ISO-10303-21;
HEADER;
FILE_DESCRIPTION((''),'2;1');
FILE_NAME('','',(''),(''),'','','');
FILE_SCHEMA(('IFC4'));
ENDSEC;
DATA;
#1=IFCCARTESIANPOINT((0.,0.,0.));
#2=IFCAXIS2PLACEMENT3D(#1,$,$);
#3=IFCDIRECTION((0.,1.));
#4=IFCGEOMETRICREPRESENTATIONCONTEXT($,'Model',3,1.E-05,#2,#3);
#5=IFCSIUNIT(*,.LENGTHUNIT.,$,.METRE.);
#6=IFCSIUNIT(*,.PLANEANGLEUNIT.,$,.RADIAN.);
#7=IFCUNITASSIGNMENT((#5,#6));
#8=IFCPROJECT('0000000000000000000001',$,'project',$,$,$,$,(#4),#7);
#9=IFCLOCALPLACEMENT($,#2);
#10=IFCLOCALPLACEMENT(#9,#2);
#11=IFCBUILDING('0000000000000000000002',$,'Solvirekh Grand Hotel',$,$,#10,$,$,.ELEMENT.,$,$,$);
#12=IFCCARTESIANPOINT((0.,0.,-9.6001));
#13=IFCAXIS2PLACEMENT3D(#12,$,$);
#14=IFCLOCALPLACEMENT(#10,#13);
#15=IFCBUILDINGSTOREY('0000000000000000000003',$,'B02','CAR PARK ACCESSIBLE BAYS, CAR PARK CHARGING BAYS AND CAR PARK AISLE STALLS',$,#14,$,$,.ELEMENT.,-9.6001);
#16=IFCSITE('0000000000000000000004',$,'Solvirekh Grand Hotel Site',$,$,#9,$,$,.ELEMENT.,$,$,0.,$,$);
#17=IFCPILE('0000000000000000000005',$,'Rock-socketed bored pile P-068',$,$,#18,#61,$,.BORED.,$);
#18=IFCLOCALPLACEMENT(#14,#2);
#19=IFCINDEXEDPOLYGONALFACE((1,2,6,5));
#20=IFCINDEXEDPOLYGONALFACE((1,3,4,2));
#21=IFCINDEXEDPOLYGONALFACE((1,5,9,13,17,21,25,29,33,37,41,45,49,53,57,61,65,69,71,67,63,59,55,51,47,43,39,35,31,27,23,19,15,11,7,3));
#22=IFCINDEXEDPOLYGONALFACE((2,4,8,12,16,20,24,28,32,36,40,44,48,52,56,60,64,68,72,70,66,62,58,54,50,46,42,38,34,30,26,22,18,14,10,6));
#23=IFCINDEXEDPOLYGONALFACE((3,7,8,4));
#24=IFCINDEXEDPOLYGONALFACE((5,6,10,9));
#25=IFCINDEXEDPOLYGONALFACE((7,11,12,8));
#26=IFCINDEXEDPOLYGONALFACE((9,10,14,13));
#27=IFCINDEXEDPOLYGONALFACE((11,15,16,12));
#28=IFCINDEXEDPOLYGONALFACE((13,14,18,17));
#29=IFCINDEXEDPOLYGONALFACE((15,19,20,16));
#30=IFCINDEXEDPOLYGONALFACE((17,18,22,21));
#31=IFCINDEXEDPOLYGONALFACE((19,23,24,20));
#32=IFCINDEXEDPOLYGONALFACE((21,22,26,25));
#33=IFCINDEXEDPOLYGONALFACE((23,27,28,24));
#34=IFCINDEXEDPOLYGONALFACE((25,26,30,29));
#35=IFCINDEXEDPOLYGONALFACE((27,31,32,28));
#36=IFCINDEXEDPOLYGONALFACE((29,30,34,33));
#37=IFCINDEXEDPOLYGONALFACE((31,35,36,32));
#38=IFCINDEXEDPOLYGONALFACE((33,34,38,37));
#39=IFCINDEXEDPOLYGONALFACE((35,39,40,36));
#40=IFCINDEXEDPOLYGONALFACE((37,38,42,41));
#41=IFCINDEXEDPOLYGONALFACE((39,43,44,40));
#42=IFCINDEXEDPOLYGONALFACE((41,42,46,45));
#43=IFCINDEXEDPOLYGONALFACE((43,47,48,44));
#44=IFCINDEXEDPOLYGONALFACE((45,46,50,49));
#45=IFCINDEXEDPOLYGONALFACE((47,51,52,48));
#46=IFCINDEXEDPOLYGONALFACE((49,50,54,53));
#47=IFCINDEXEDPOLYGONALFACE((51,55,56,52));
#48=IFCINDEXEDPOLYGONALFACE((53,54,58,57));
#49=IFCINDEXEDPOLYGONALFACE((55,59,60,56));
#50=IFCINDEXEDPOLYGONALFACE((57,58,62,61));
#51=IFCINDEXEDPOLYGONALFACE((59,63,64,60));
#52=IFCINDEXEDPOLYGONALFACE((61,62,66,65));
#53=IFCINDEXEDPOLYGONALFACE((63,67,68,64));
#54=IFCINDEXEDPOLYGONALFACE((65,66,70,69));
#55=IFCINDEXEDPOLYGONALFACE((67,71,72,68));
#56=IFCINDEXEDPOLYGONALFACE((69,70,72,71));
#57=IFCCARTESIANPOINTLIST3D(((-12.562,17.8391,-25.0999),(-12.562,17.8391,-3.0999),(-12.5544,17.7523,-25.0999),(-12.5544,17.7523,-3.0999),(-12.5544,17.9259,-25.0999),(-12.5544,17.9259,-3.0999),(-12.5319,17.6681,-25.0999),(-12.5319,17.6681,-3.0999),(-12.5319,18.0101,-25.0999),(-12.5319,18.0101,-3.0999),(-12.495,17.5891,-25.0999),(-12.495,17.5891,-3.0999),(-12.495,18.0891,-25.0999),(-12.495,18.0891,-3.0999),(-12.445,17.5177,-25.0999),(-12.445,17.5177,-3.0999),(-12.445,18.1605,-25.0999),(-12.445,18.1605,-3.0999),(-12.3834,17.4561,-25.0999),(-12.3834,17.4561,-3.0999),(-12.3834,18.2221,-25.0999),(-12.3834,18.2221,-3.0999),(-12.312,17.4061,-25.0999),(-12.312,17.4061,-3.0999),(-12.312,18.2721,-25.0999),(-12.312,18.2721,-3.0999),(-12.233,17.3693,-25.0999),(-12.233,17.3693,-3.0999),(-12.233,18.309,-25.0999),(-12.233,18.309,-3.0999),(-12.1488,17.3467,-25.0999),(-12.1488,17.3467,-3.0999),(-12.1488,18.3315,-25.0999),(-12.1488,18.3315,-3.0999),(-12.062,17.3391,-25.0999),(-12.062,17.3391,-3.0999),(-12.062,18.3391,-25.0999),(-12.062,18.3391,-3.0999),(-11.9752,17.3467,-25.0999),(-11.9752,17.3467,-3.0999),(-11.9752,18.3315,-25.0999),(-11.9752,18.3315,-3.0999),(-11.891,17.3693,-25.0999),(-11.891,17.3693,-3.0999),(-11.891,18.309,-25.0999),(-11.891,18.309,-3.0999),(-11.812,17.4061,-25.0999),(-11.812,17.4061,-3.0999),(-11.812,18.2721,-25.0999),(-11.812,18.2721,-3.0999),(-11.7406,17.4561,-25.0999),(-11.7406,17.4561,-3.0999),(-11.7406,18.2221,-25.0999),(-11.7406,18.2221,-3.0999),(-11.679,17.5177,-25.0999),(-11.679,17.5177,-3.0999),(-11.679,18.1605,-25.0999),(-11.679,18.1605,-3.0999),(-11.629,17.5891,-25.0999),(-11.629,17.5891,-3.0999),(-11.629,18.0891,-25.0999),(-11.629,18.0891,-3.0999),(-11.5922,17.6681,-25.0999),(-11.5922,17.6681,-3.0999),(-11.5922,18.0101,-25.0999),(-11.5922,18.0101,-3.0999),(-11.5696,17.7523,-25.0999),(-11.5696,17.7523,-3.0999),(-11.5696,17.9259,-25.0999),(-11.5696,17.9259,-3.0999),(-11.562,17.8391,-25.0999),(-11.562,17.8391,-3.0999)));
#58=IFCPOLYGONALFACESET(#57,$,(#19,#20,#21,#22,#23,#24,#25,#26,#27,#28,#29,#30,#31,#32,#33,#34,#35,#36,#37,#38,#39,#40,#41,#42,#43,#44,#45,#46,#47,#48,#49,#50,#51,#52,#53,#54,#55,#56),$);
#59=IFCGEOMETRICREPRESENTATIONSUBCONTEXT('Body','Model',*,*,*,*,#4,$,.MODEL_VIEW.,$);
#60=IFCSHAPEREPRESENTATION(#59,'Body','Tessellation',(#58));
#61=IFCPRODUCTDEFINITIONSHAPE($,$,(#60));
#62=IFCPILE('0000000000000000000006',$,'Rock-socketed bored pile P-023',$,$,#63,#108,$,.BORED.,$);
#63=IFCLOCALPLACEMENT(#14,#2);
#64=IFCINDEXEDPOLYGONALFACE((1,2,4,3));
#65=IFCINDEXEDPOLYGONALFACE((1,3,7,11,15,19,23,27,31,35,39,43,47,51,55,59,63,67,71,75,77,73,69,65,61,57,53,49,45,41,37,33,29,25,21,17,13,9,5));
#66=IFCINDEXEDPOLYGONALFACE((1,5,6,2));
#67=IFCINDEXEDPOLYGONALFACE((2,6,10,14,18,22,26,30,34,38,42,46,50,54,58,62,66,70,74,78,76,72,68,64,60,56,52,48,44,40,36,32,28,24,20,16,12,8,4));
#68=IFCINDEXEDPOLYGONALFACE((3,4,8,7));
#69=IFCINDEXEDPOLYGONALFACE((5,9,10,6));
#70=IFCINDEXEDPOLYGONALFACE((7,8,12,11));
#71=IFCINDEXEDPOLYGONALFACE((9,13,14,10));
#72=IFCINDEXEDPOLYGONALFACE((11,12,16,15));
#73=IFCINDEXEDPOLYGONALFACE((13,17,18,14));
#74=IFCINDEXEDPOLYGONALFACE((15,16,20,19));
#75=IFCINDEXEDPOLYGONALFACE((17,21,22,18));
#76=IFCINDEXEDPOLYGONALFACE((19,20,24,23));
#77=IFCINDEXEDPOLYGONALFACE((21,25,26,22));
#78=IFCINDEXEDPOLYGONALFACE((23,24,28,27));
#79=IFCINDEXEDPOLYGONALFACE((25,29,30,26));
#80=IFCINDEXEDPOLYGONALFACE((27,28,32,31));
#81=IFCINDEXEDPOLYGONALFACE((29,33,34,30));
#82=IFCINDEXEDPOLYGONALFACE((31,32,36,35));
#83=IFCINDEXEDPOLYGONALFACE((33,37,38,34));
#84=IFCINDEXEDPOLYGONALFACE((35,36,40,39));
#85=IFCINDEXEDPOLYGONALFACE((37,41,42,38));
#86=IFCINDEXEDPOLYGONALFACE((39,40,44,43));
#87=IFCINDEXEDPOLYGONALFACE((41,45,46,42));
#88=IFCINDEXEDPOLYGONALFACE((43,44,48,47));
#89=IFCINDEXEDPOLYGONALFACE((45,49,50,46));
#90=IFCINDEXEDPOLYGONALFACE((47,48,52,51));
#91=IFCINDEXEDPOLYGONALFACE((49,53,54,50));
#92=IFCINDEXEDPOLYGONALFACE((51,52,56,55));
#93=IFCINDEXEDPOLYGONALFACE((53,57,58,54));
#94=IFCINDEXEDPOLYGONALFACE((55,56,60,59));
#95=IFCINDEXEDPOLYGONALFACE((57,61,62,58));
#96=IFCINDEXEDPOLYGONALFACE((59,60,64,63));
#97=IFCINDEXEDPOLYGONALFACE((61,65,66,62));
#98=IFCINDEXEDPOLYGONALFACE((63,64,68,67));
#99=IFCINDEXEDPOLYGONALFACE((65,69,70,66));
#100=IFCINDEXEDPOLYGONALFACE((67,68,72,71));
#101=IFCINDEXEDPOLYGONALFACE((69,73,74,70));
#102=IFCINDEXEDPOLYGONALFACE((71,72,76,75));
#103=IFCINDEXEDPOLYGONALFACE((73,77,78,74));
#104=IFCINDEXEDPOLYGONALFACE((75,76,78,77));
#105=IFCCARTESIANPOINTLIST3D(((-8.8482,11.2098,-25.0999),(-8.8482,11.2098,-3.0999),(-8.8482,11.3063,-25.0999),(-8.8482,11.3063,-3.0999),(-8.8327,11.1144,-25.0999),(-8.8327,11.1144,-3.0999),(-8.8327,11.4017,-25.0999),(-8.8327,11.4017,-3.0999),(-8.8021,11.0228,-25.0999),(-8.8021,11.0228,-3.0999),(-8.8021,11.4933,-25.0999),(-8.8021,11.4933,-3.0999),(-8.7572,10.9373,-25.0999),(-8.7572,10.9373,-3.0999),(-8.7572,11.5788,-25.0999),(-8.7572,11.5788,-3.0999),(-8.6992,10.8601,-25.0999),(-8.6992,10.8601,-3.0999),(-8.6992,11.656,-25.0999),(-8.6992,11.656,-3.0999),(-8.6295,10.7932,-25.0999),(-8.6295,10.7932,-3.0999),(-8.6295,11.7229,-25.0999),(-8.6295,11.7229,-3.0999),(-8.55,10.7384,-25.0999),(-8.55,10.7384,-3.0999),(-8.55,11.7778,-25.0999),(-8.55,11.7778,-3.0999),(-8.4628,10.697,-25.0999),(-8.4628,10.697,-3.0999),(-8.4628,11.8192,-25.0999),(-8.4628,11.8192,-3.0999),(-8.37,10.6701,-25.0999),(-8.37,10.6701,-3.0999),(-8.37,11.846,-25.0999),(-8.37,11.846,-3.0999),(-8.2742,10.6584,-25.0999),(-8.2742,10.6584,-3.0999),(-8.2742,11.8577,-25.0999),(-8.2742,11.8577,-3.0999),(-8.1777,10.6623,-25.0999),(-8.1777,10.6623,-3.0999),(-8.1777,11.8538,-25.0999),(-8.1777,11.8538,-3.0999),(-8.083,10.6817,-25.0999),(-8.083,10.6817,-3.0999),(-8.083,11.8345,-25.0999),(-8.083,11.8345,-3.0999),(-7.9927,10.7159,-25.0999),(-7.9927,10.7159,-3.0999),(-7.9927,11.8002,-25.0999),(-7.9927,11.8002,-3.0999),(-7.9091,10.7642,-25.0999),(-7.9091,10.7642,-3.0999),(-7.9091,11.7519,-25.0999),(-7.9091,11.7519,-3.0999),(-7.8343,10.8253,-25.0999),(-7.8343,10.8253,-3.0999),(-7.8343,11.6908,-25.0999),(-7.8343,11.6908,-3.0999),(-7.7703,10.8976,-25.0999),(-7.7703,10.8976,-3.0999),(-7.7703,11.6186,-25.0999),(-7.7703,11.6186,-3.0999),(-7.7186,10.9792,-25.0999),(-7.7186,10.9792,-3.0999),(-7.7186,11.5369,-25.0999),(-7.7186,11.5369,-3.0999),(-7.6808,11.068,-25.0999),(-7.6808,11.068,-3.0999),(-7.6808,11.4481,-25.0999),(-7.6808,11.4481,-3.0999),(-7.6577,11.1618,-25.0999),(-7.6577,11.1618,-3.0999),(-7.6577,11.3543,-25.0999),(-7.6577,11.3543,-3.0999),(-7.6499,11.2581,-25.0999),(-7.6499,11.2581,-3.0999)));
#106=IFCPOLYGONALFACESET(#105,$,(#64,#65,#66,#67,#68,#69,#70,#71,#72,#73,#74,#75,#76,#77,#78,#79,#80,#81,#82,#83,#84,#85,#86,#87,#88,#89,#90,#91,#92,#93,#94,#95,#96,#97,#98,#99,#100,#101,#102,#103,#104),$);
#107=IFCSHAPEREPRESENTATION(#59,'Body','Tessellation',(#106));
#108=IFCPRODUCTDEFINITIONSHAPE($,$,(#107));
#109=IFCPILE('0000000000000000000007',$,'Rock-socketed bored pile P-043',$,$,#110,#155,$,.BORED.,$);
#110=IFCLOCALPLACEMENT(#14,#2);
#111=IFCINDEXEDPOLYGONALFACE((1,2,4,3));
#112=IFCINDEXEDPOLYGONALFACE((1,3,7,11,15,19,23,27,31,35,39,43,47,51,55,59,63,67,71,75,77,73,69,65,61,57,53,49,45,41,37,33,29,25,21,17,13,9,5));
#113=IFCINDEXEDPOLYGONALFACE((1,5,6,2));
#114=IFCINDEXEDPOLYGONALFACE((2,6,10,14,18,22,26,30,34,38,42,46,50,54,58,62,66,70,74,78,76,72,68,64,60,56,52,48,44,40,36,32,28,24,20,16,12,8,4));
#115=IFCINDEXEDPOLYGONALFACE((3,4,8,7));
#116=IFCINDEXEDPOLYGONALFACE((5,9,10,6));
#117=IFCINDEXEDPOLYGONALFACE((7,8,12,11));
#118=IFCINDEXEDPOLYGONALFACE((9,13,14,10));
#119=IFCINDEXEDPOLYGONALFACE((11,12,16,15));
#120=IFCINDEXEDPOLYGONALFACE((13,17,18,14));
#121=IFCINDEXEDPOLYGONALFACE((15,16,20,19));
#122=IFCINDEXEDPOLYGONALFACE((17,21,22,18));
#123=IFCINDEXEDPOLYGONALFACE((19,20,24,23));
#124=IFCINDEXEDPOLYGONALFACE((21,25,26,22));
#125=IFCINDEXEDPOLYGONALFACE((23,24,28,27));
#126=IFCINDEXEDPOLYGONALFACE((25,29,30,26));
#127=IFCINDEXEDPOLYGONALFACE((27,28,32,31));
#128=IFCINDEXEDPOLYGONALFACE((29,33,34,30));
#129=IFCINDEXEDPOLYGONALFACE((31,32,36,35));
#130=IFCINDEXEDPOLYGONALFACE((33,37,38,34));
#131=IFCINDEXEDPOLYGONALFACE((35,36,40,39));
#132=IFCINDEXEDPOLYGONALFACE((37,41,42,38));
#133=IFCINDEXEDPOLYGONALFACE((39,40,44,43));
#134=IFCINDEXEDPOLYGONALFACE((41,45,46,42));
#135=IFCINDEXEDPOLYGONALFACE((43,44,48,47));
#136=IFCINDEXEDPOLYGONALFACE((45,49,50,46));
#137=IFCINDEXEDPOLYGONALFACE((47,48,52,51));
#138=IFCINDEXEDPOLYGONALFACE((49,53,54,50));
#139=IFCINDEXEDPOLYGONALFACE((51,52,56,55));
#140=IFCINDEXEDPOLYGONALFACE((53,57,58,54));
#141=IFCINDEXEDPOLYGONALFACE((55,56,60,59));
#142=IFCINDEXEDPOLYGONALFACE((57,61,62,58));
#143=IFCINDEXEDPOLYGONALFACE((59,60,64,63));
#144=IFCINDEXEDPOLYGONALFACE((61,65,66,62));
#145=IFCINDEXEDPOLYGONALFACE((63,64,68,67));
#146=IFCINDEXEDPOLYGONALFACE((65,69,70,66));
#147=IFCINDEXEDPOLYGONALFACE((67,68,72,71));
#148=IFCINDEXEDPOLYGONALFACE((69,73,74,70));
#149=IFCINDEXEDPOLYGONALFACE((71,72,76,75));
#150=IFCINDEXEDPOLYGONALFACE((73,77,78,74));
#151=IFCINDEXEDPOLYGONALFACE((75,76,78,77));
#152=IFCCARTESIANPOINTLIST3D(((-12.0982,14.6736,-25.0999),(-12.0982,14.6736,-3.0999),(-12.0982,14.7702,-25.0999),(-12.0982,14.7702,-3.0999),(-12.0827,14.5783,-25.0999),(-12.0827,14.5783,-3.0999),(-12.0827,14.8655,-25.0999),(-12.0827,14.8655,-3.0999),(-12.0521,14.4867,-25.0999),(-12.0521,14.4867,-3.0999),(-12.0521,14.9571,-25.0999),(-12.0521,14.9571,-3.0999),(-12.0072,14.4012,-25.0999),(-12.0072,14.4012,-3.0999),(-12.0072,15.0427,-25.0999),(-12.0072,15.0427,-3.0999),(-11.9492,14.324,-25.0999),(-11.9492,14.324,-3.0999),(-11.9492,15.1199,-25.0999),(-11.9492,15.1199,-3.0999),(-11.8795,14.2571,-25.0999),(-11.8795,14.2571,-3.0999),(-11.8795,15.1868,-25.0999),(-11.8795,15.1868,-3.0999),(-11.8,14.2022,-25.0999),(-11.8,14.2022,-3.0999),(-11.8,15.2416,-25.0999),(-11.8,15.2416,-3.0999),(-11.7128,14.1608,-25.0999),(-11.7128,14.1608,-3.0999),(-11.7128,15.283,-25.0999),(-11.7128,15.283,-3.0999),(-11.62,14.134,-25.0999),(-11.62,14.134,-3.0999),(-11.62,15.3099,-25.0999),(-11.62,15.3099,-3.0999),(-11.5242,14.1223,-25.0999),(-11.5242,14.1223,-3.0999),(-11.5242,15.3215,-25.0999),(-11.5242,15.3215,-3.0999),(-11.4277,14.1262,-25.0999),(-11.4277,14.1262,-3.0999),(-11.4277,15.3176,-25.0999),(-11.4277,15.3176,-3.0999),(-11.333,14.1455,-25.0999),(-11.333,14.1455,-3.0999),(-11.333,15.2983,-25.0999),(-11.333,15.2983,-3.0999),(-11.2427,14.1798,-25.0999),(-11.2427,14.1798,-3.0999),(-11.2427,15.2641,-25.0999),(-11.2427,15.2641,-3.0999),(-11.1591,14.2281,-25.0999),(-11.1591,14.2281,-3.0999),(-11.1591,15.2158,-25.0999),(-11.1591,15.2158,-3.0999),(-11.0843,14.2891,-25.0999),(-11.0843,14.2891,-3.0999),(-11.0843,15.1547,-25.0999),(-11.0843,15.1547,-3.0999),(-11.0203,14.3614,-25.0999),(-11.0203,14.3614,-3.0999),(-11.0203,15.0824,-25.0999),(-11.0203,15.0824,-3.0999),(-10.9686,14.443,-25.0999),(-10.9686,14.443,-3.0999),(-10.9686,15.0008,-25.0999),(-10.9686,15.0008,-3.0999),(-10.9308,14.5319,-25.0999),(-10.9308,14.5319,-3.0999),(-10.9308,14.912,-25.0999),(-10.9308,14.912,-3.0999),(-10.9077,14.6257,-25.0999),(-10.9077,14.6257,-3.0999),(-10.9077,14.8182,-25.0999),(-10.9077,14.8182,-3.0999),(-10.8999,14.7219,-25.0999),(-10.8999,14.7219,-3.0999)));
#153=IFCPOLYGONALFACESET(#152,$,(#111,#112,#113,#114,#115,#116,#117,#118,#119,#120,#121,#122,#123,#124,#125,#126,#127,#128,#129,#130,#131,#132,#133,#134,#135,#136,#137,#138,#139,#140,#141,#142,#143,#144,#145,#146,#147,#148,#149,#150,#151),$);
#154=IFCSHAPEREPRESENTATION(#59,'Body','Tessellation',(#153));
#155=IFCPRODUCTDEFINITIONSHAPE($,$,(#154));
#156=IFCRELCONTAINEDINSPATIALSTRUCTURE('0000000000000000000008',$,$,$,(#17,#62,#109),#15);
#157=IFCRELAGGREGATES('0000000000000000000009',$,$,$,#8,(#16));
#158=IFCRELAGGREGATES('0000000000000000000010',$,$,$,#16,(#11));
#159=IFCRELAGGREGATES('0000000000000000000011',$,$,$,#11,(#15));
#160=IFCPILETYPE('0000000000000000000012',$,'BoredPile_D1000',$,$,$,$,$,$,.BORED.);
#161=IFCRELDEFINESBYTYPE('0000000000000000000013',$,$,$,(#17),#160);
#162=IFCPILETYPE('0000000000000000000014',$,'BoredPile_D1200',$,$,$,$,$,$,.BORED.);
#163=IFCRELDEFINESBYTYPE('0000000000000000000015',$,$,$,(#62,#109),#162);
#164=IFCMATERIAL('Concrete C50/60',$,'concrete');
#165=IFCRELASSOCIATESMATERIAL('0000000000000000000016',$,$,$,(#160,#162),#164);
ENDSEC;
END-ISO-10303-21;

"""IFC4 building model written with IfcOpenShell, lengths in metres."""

from ifc_helpers import new_model, si_unit, direction, frame, origin, origin_2d, place, context, subcontext, project, spatial, circle, extrude, material, material_profile, profile_set, type_object, element, save


model = new_model("IFC4")

# Units and contexts
model_context = context("Model", 3, precision=1e-05, world=origin(), true_north=direction((0.0, 1.0)))
body_context = subcontext(model_context, "Body", "Model", "MODEL_VIEW")
ifc_project = project(units=[si_unit("LENGTHUNIT", "METRE"), si_unit("PLANEANGLEUNIT", "RADIAN")], contexts=[model_context])

# Site, building, storey
site_placement = place(None, origin())
site = spatial("IfcSite", under=ifc_project, at=site_placement, Name="Solvirekh Grand Hotel Site", CompositionType="ELEMENT", RefElevation=0.0)
building_placement = place(site_placement, origin())
building = spatial("IfcBuilding", under=site, at=building_placement, Name="Solvirekh Grand Hotel", CompositionType="ELEMENT")
storey_placement = place(building_placement, frame((0.0, 0.0, -9.6001)))
storey = spatial("IfcBuildingStorey", under=building, at=storey_placement, Name="B02", Description="CAR PARK ACCESSIBLE BAYS, CAR PARK CHARGING BAYS AND CAR PARK AISLE STALLS", CompositionType="ELEMENT", Elevation=-9.6001)

# Piles
ifc_material_1 = material(Name="Concrete C50/60", Category="concrete")
ifc_material_profile_1 = material_profile(ifc_material_1, circle(Radius=0.5, at=origin_2d()), Name="BORED PILE D1000")
ifc_profile_set_1 = profile_set([ifc_material_profile_1], Name="Concrete C50/60")
pile_type_1 = type_object("IfcPileType", Name="BoredPile_D1000", PredefinedType="BORED", material=ifc_profile_set_1)
pile_placement = place(storey_placement, frame((-12.062, 17.8391, -3.0999), z_axis=(0.0, 0.0, -1.0), x_axis=(1.0, 0.0, 0.0)))
element("IfcPile", 1, at=pile_placement, inside=storey, type_object=pile_type_1, Name="Rock-socketed bored pile P-068", PredefinedType="BORED", context=body_context, shape_type="SweptSolid", body=[
    extrude(circle(Radius=0.5, at=origin_2d()), origin(), (0.0, 0.0, 1.0), 22.0),
])
ifc_material_profile_2 = material_profile(ifc_material_1, circle(Radius=0.6001, at=origin_2d()), Name="BORED PILE D1200")
ifc_profile_set_2 = profile_set([ifc_material_profile_2], Name="Concrete C50/60")
pile_type_2 = type_object("IfcPileType", Name="BoredPile_D1200", PredefinedType="BORED", material=ifc_profile_set_2)
for number, where, z_axis, x_axis, name in (
    (2, (-8.25, 11.2581, -3.0999), (0.0, 0.0, -1.0), (1.0, 0.0, 0.0), "Rock-socketed bored pile P-023"),
    (3, (-11.5, 14.7219, -3.0999), (0.0, 0.0, -1.0), (1.0, 0.0, 0.0), "Rock-socketed bored pile P-043"),
):
    element("IfcPile", number, at=place(storey_placement, frame(where, z_axis=z_axis, x_axis=x_axis)), inside=storey, type_object=pile_type_2, Name=name, PredefinedType="BORED", context=body_context, shape_type="SweptSolid", body=[
        extrude(circle(Radius=0.6001, at=origin_2d()), origin(), (0.0, 0.0, 1.0), 22.0),
    ])

save(model, "model.ifc")
